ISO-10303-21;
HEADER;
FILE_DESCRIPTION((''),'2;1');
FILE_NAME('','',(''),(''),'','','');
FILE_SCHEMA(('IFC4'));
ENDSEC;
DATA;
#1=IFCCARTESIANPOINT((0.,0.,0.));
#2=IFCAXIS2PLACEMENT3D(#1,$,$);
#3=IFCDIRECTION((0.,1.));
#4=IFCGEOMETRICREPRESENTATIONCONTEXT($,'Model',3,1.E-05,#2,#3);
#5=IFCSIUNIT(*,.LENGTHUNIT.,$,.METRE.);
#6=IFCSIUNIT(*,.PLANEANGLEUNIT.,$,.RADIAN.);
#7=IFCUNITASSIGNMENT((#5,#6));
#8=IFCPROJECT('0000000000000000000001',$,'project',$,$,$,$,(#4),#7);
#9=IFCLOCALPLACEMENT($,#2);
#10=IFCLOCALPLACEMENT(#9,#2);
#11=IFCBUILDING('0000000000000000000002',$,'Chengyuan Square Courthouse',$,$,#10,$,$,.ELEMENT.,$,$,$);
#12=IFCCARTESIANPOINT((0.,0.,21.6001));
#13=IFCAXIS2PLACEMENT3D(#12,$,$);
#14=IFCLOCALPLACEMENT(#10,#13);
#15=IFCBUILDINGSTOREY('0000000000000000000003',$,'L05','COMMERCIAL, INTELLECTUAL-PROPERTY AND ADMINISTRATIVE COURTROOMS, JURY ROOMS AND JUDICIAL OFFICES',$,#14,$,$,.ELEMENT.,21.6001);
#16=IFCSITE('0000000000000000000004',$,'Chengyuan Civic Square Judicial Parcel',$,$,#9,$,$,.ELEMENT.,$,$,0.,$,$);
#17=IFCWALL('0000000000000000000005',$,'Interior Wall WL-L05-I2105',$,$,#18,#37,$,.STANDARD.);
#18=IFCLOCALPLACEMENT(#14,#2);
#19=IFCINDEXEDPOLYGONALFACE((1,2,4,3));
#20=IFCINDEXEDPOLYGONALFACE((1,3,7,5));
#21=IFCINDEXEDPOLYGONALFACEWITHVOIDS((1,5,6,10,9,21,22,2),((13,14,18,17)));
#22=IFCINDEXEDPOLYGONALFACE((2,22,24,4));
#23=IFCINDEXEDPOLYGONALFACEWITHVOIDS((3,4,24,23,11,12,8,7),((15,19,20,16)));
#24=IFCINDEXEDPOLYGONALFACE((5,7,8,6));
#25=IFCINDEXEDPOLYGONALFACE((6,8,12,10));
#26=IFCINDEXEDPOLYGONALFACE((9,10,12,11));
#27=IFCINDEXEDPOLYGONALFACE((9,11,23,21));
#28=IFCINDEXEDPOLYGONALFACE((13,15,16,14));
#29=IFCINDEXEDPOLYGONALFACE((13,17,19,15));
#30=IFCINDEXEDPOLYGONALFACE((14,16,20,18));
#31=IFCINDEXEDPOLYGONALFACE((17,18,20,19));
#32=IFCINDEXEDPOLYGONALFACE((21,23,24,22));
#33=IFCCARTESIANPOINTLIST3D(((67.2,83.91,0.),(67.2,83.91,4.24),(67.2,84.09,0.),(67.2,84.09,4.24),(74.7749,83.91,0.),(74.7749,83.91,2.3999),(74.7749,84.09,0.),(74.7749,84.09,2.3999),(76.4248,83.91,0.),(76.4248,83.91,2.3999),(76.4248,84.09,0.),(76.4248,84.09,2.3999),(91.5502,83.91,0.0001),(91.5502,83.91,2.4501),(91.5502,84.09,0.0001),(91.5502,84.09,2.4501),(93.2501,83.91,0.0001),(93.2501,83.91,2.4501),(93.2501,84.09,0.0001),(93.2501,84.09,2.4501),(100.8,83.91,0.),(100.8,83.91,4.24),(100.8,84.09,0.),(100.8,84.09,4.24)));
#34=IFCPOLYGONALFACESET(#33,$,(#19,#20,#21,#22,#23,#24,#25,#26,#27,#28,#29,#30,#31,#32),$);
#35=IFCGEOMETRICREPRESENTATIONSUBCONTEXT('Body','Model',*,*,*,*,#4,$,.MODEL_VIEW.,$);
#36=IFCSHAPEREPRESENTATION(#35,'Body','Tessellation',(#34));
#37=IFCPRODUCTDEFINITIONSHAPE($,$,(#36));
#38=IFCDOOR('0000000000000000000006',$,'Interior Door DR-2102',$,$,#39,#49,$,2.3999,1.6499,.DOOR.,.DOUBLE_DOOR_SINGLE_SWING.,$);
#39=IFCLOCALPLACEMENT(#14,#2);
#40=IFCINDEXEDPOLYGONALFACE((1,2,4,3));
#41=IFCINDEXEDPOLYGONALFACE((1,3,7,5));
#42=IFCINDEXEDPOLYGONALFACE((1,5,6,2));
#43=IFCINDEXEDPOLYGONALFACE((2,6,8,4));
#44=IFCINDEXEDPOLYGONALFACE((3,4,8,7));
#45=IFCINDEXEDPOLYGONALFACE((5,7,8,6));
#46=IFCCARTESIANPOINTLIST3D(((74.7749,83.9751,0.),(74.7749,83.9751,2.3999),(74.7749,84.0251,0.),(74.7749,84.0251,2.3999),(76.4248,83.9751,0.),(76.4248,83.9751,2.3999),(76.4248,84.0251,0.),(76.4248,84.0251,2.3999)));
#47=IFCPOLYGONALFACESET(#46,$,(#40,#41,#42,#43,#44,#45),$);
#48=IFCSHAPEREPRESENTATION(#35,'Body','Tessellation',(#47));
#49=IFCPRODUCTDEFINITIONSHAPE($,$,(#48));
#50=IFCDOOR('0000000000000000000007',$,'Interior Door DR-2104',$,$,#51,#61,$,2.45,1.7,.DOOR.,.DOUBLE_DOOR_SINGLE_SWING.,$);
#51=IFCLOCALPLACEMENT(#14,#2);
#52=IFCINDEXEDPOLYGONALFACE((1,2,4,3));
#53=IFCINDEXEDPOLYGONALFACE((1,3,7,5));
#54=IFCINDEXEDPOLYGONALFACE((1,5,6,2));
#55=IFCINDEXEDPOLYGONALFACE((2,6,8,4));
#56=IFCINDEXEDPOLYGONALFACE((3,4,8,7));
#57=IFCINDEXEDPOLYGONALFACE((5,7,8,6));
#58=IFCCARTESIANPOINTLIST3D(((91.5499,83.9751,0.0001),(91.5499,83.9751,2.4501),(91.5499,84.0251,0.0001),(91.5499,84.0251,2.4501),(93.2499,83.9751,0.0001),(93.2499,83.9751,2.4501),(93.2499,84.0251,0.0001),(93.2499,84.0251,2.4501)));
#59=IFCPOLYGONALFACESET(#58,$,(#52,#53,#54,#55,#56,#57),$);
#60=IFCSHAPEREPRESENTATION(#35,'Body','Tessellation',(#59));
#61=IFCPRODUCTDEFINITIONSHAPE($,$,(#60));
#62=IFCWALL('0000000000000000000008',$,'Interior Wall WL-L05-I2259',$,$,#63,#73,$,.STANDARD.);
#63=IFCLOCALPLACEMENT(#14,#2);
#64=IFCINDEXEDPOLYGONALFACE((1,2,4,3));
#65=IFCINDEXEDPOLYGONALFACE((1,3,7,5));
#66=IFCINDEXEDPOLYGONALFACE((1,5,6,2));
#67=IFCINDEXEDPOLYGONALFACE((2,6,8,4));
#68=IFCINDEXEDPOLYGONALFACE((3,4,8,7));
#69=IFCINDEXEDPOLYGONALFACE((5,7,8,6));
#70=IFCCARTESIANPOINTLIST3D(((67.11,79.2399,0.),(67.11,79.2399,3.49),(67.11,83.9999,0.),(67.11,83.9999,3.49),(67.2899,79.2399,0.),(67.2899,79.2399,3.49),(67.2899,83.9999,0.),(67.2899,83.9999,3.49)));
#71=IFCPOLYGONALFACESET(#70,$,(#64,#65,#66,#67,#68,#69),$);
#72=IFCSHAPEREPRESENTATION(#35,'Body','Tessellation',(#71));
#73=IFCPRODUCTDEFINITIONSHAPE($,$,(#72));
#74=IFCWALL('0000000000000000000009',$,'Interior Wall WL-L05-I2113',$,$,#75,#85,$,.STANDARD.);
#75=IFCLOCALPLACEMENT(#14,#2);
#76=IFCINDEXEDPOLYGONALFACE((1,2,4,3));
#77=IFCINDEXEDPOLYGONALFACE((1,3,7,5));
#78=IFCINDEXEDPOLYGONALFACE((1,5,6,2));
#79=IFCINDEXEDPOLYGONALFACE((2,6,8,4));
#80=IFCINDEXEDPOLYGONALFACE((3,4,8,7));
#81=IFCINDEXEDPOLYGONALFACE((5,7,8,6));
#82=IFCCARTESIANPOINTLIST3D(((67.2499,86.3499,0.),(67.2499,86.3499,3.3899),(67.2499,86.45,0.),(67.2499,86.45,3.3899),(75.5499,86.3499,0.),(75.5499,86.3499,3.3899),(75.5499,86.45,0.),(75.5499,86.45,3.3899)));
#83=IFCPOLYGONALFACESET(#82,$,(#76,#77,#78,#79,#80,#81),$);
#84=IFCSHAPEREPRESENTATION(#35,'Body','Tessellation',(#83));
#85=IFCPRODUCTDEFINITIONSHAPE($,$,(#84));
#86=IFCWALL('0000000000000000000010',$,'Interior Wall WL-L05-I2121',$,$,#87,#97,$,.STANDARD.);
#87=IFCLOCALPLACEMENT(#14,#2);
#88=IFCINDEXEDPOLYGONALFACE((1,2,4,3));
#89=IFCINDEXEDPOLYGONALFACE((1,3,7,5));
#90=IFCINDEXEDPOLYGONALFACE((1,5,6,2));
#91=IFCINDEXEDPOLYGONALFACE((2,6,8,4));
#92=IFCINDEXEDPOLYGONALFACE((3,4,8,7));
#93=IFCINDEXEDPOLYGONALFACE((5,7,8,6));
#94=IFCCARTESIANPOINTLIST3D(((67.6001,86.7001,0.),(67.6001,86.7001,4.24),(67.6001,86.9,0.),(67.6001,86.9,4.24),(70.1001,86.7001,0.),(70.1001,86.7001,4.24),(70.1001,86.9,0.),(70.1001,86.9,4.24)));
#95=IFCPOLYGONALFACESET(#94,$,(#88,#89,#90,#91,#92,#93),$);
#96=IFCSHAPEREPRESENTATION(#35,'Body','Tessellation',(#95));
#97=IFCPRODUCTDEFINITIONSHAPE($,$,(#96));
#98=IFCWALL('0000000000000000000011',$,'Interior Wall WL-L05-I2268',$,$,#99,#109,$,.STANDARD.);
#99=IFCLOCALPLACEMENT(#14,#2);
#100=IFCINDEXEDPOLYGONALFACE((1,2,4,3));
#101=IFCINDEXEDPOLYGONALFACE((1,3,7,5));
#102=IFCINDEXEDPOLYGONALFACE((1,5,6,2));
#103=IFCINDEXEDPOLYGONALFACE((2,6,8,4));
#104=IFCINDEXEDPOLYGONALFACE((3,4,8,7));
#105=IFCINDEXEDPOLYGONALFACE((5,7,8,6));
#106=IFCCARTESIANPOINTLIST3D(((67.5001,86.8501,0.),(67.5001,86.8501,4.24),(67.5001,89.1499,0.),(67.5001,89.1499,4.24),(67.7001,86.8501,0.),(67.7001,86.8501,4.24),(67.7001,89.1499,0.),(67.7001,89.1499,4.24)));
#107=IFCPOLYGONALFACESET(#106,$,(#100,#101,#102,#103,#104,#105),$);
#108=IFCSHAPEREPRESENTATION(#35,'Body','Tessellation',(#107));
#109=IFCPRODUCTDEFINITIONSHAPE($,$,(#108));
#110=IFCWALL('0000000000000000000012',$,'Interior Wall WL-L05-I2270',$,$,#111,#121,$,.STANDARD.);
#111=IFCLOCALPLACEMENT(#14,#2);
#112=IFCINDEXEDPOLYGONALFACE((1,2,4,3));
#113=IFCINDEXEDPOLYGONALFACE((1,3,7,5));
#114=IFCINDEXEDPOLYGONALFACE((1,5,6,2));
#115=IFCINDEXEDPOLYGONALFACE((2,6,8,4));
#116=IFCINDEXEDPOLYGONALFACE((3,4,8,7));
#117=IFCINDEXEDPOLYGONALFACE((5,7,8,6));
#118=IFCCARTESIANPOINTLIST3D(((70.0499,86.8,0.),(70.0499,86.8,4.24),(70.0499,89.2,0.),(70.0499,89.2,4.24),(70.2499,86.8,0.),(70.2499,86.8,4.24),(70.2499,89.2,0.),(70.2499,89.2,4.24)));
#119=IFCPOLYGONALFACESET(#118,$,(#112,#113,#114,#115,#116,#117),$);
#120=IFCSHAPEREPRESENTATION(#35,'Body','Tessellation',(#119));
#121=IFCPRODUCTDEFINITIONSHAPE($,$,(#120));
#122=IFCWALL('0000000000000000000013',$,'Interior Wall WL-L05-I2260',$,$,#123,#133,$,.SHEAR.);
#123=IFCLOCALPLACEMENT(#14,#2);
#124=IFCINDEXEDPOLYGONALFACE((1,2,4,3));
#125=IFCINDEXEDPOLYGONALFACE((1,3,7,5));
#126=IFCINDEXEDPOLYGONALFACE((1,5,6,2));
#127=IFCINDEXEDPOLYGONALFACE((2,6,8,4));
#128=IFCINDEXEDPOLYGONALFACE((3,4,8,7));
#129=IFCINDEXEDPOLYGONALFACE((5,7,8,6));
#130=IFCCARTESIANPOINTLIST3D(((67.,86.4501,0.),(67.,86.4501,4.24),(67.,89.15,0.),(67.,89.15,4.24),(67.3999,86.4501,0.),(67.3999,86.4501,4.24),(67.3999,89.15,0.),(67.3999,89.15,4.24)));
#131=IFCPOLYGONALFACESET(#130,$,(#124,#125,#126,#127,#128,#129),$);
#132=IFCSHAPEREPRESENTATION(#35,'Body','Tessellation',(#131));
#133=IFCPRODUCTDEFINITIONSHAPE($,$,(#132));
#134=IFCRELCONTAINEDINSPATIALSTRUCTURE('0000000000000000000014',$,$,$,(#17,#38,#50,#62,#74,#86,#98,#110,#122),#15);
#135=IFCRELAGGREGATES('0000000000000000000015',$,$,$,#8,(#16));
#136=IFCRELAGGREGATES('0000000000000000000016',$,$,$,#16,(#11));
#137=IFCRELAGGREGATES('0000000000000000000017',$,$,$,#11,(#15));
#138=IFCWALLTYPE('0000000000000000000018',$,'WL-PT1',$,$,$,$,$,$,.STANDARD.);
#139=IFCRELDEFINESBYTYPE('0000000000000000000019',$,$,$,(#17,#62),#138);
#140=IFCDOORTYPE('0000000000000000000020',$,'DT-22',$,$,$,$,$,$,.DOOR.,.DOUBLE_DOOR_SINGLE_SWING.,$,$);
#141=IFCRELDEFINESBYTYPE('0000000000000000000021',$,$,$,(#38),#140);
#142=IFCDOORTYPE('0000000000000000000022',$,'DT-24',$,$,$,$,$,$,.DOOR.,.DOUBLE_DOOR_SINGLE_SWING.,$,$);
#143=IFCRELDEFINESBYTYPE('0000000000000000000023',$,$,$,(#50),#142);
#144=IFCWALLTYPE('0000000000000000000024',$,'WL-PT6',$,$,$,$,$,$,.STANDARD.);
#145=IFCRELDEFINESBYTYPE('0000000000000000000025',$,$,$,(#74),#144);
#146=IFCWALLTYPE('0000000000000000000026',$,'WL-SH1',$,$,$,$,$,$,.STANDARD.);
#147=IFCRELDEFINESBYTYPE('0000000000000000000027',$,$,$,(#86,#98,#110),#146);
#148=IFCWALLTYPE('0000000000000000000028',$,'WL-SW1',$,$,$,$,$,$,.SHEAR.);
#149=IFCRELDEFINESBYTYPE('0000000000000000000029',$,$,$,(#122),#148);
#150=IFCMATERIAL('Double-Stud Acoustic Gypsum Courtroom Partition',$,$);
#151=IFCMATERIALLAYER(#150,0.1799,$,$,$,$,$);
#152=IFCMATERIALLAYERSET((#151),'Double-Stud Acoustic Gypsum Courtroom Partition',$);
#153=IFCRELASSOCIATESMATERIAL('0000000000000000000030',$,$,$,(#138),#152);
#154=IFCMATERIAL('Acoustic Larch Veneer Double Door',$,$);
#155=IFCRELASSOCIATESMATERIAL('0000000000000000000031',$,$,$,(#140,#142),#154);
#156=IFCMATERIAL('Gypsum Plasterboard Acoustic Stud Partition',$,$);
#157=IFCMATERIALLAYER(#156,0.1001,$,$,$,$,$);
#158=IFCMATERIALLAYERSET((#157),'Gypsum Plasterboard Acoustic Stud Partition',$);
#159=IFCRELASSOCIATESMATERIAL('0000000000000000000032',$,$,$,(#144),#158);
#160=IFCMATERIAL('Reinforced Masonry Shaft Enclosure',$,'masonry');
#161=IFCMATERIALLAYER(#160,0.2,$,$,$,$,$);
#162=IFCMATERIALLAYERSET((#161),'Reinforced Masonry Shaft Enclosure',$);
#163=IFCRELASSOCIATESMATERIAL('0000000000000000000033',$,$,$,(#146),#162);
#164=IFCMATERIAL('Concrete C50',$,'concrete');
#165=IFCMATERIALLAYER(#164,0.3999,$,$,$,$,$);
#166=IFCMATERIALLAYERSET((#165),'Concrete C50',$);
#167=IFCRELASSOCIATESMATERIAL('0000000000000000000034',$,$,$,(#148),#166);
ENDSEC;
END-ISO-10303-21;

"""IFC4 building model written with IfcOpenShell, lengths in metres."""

from ifc_helpers import new_model, si_unit, direction, frame, frame_2d, origin, place, context, subcontext, project, spatial, rectangle, extrude, material, layer, layer_set, type_object, element, fill, save


model = new_model("IFC4")

# Units and contexts
model_context = context("Model", 3, precision=1e-05, world=origin(), true_north=direction((0.0, 1.0)))
body_context = subcontext(model_context, "Body", "Model", "MODEL_VIEW")
ifc_project = project(units=[si_unit("LENGTHUNIT", "METRE"), si_unit("PLANEANGLEUNIT", "RADIAN")], contexts=[model_context])

# Site, building, storey
site_placement = place(None, origin())
site = spatial("IfcSite", under=ifc_project, at=site_placement, Name="Chengyuan Civic Square Judicial Parcel", CompositionType="ELEMENT", RefElevation=0.0)
building_placement = place(site_placement, origin())
building = spatial("IfcBuilding", under=site, at=building_placement, Name="Chengyuan Square Courthouse", CompositionType="ELEMENT")
storey_placement = place(building_placement, frame((0.0, 0.0, 21.6001)))
storey = spatial("IfcBuildingStorey", under=building, at=storey_placement, Name="L05", Description="COMMERCIAL, INTELLECTUAL-PROPERTY AND ADMINISTRATIVE COURTROOMS, JURY ROOMS AND JUDICIAL OFFICES", CompositionType="ELEMENT", Elevation=21.6001)

# Shared definitions
ifc_material_1 = material(Name="Concrete C50", Category="concrete")

# Wall, openings, doors
ifc_material_2 = material(Name="Double-Stud Acoustic Gypsum Courtroom Partition")
ifc_layer_1 = layer(ifc_material_2, 0.1799)
ifc_layer_set_1 = layer_set([ifc_layer_1], Name="Double-Stud Acoustic Gypsum Courtroom Partition")
wall_type_1 = type_object("IfcWallType", Name="WL-PT1", PredefinedType="STANDARD", material=ifc_layer_set_1)
wall_1_placement = place(storey_placement, frame((67.2, 84.0, 0.0), z_axis=(0.0, 0.0, 1.0), x_axis=(1.0, 0.0, 0.0)))
wall_1 = element("IfcWall", 1, at=wall_1_placement, inside=storey, type_object=wall_type_1, Name="Interior Wall WL-L05-I2105", PredefinedType="STANDARD", context=body_context, shape_type="SweptSolid", body=[
    extrude(rectangle(XDim=33.6001, YDim=0.1799, at=frame_2d((16.8, 0.0))), origin(), (0.0, 0.0, 1.0), 4.24),
])
opening_1_placement = place(wall_1_placement, frame((7.575, 0.0, 0.0)))
opening_1 = element("IfcOpeningElement", 2, at=opening_1_placement, cuts=wall_1, PredefinedType="OPENING", context=body_context, shape_type="SweptSolid", body=[
    extrude(rectangle(XDim=1.6499, YDim=2.3999, at=frame_2d((0.825, 1.2))), frame((0.0, 0.1021, 0.0), z_axis=(0.0, -1.0, 0.0), x_axis=(1.0, 0.0, 0.0)), (0.0, 0.0, 1.0), 0.2039),
])
opening_2_placement = place(wall_1_placement, frame((24.3501, 0.0, 0.0)))
opening_2 = element("IfcOpeningElement", 3, at=opening_2_placement, cuts=wall_1, PredefinedType="OPENING", context=body_context, shape_type="SweptSolid", body=[
    extrude(rectangle(XDim=1.7, YDim=2.45, at=frame_2d((0.8501, 1.2251))), frame((0.0, 0.1021, 0.0), z_axis=(0.0, -1.0, 0.0), x_axis=(1.0, 0.0, 0.0)), (0.0, 0.0, 1.0), 0.2039),
])
ifc_material_3 = material(Name="Acoustic Larch Veneer Double Door")
door_type_1 = type_object("IfcDoorType", Name="DT-22", OperationType="DOUBLE_DOOR_SINGLE_SWING", PredefinedType="DOOR", material=ifc_material_3)
door_1_placement = place(opening_1_placement, frame((1.6499, 0.0, 0.0), z_axis=(0.0, 0.0, 1.0), x_axis=(-1.0, 0.0, 0.0)))
door_1 = element("IfcDoor", 4, at=door_1_placement, inside=storey, type_object=door_type_1, Name="Interior Door DR-2102", OperationType="DOUBLE_DOOR_SINGLE_SWING", OverallHeight=2.3999, OverallWidth=1.6499, PredefinedType="DOOR", context=body_context, shape_type="SweptSolid", body=[
    extrude(rectangle(XDim=1.6499, YDim=2.3999, at=frame_2d((0.825, 1.2))), frame((0.0, 0.0249, 0.0), z_axis=(0.0, -1.0, 0.0), x_axis=(1.0, 0.0, 0.0)), (0.0, 0.0, 1.0), 0.05),
])
fill(opening_1, door_1)
door_type_2 = type_object("IfcDoorType", Name="DT-24", OperationType="DOUBLE_DOOR_SINGLE_SWING", PredefinedType="DOOR", material=ifc_material_3)
door_2_placement = place(opening_2_placement, frame((1.7, 0.0, 0.0), z_axis=(0.0, 0.0, 1.0), x_axis=(-1.0, 0.0, 0.0)))
door_2 = element("IfcDoor", 5, at=door_2_placement, inside=storey, type_object=door_type_2, Name="Interior Door DR-2104", OperationType="DOUBLE_DOOR_SINGLE_SWING", OverallHeight=2.45, OverallWidth=1.7, PredefinedType="DOOR", context=body_context, shape_type="SweptSolid", body=[
    extrude(rectangle(XDim=1.7, YDim=2.45, at=frame_2d((0.8501, 1.2251))), frame((0.0, 0.0249, 0.0), z_axis=(0.0, -1.0, 0.0), x_axis=(1.0, 0.0, 0.0)), (0.0, 0.0, 1.0), 0.05),
])
fill(opening_2, door_2)

# Walls
wall_2_placement = place(storey_placement, frame((67.2, 79.24, 0.0), z_axis=(0.0, 0.0, 1.0), x_axis=(0.0, 1.0, 0.0)))
element("IfcWall", 6, at=wall_2_placement, inside=storey, type_object=wall_type_1, Name="Interior Wall WL-L05-I2259", PredefinedType="STANDARD", context=body_context, shape_type="SweptSolid", body=[
    extrude(rectangle(XDim=4.76, YDim=0.1799, at=frame_2d((2.3799, 0.0))), origin(), (0.0, 0.0, 1.0), 3.49),
])
ifc_material_4 = material(Name="Gypsum Plasterboard Acoustic Stud Partition")
ifc_layer_2 = layer(ifc_material_4, 0.1001)
ifc_layer_set_2 = layer_set([ifc_layer_2], Name="Gypsum Plasterboard Acoustic Stud Partition")
wall_type_2 = type_object("IfcWallType", Name="WL-PT6", PredefinedType="STANDARD", material=ifc_layer_set_2)
wall_3_placement = place(storey_placement, frame((67.25, 86.3999, 0.0), z_axis=(0.0, 0.0, 1.0), x_axis=(1.0, 0.0, 0.0)))
element("IfcWall", 7, at=wall_3_placement, inside=storey, type_object=wall_type_2, Name="Interior Wall WL-L05-I2113", PredefinedType="STANDARD", context=body_context, shape_type="SweptSolid", body=[
    extrude(rectangle(XDim=8.3, YDim=0.1001, at=frame_2d((4.1499, 0.0))), origin(), (0.0, 0.0, 1.0), 3.3899),
])
ifc_material_5 = material(Name="Reinforced Masonry Shaft Enclosure", Category="masonry")
ifc_layer_3 = layer(ifc_material_5, 0.2)
ifc_layer_set_3 = layer_set([ifc_layer_3], Name="Reinforced Masonry Shaft Enclosure")
wall_type_3 = type_object("IfcWallType", Name="WL-SH1", PredefinedType="STANDARD", material=ifc_layer_set_3)
wall_4_placement = place(storey_placement, frame((67.6001, 86.8, 0.0), z_axis=(0.0, 0.0, 1.0), x_axis=(1.0, 0.0, 0.0)))
element("IfcWall", 8, at=wall_4_placement, inside=storey, type_object=wall_type_3, Name="Interior Wall WL-L05-I2121", PredefinedType="STANDARD", context=body_context, shape_type="SweptSolid", body=[
    extrude(rectangle(XDim=2.5, YDim=0.2, at=frame_2d((1.25, 0.0))), origin(), (0.0, 0.0, 1.0), 4.24),
])
wall_5_placement = place(storey_placement, frame((67.6001, 86.8501, 0.0), z_axis=(0.0, 0.0, 1.0), x_axis=(0.0, 1.0, 0.0)))
element("IfcWall", 9, at=wall_5_placement, inside=storey, type_object=wall_type_3, Name="Interior Wall WL-L05-I2268", PredefinedType="STANDARD", context=body_context, shape_type="SweptSolid", body=[
    extrude(rectangle(XDim=2.2998, YDim=0.2, at=frame_2d((1.1499, 0.0))), origin(), (0.0, 0.0, 1.0), 4.24),
])
wall_6_placement = place(storey_placement, frame((70.1499, 86.8, 0.0), z_axis=(0.0, 0.0, 1.0), x_axis=(0.0, 1.0, 0.0)))
element("IfcWall", 10, at=wall_6_placement, inside=storey, type_object=wall_type_3, Name="Interior Wall WL-L05-I2270", PredefinedType="STANDARD", context=body_context, shape_type="SweptSolid", body=[
    extrude(rectangle(XDim=2.3999, YDim=0.2, at=frame_2d((1.2, 0.0))), origin(), (0.0, 0.0, 1.0), 4.24),
])
ifc_layer_4 = layer(ifc_material_1, 0.3999)
ifc_layer_set_4 = layer_set([ifc_layer_4], Name="Concrete C50")
wall_type_4 = type_object("IfcWallType", Name="WL-SW1", PredefinedType="SHEAR", material=ifc_layer_set_4)
wall_7_placement = place(storey_placement, frame((67.2, 86.45, 0.0), z_axis=(0.0, 0.0, 1.0), x_axis=(0.0, 1.0, 0.0)))
element("IfcWall", 11, at=wall_7_placement, inside=storey, type_object=wall_type_4, Name="Interior Wall WL-L05-I2260", PredefinedType="SHEAR", context=body_context, shape_type="SweptSolid", body=[
    extrude(rectangle(XDim=2.7, YDim=0.3999, at=frame_2d((1.3501, 0.0))), origin(), (0.0, 0.0, 1.0), 4.24),
])

save(model, "model.ifc")
